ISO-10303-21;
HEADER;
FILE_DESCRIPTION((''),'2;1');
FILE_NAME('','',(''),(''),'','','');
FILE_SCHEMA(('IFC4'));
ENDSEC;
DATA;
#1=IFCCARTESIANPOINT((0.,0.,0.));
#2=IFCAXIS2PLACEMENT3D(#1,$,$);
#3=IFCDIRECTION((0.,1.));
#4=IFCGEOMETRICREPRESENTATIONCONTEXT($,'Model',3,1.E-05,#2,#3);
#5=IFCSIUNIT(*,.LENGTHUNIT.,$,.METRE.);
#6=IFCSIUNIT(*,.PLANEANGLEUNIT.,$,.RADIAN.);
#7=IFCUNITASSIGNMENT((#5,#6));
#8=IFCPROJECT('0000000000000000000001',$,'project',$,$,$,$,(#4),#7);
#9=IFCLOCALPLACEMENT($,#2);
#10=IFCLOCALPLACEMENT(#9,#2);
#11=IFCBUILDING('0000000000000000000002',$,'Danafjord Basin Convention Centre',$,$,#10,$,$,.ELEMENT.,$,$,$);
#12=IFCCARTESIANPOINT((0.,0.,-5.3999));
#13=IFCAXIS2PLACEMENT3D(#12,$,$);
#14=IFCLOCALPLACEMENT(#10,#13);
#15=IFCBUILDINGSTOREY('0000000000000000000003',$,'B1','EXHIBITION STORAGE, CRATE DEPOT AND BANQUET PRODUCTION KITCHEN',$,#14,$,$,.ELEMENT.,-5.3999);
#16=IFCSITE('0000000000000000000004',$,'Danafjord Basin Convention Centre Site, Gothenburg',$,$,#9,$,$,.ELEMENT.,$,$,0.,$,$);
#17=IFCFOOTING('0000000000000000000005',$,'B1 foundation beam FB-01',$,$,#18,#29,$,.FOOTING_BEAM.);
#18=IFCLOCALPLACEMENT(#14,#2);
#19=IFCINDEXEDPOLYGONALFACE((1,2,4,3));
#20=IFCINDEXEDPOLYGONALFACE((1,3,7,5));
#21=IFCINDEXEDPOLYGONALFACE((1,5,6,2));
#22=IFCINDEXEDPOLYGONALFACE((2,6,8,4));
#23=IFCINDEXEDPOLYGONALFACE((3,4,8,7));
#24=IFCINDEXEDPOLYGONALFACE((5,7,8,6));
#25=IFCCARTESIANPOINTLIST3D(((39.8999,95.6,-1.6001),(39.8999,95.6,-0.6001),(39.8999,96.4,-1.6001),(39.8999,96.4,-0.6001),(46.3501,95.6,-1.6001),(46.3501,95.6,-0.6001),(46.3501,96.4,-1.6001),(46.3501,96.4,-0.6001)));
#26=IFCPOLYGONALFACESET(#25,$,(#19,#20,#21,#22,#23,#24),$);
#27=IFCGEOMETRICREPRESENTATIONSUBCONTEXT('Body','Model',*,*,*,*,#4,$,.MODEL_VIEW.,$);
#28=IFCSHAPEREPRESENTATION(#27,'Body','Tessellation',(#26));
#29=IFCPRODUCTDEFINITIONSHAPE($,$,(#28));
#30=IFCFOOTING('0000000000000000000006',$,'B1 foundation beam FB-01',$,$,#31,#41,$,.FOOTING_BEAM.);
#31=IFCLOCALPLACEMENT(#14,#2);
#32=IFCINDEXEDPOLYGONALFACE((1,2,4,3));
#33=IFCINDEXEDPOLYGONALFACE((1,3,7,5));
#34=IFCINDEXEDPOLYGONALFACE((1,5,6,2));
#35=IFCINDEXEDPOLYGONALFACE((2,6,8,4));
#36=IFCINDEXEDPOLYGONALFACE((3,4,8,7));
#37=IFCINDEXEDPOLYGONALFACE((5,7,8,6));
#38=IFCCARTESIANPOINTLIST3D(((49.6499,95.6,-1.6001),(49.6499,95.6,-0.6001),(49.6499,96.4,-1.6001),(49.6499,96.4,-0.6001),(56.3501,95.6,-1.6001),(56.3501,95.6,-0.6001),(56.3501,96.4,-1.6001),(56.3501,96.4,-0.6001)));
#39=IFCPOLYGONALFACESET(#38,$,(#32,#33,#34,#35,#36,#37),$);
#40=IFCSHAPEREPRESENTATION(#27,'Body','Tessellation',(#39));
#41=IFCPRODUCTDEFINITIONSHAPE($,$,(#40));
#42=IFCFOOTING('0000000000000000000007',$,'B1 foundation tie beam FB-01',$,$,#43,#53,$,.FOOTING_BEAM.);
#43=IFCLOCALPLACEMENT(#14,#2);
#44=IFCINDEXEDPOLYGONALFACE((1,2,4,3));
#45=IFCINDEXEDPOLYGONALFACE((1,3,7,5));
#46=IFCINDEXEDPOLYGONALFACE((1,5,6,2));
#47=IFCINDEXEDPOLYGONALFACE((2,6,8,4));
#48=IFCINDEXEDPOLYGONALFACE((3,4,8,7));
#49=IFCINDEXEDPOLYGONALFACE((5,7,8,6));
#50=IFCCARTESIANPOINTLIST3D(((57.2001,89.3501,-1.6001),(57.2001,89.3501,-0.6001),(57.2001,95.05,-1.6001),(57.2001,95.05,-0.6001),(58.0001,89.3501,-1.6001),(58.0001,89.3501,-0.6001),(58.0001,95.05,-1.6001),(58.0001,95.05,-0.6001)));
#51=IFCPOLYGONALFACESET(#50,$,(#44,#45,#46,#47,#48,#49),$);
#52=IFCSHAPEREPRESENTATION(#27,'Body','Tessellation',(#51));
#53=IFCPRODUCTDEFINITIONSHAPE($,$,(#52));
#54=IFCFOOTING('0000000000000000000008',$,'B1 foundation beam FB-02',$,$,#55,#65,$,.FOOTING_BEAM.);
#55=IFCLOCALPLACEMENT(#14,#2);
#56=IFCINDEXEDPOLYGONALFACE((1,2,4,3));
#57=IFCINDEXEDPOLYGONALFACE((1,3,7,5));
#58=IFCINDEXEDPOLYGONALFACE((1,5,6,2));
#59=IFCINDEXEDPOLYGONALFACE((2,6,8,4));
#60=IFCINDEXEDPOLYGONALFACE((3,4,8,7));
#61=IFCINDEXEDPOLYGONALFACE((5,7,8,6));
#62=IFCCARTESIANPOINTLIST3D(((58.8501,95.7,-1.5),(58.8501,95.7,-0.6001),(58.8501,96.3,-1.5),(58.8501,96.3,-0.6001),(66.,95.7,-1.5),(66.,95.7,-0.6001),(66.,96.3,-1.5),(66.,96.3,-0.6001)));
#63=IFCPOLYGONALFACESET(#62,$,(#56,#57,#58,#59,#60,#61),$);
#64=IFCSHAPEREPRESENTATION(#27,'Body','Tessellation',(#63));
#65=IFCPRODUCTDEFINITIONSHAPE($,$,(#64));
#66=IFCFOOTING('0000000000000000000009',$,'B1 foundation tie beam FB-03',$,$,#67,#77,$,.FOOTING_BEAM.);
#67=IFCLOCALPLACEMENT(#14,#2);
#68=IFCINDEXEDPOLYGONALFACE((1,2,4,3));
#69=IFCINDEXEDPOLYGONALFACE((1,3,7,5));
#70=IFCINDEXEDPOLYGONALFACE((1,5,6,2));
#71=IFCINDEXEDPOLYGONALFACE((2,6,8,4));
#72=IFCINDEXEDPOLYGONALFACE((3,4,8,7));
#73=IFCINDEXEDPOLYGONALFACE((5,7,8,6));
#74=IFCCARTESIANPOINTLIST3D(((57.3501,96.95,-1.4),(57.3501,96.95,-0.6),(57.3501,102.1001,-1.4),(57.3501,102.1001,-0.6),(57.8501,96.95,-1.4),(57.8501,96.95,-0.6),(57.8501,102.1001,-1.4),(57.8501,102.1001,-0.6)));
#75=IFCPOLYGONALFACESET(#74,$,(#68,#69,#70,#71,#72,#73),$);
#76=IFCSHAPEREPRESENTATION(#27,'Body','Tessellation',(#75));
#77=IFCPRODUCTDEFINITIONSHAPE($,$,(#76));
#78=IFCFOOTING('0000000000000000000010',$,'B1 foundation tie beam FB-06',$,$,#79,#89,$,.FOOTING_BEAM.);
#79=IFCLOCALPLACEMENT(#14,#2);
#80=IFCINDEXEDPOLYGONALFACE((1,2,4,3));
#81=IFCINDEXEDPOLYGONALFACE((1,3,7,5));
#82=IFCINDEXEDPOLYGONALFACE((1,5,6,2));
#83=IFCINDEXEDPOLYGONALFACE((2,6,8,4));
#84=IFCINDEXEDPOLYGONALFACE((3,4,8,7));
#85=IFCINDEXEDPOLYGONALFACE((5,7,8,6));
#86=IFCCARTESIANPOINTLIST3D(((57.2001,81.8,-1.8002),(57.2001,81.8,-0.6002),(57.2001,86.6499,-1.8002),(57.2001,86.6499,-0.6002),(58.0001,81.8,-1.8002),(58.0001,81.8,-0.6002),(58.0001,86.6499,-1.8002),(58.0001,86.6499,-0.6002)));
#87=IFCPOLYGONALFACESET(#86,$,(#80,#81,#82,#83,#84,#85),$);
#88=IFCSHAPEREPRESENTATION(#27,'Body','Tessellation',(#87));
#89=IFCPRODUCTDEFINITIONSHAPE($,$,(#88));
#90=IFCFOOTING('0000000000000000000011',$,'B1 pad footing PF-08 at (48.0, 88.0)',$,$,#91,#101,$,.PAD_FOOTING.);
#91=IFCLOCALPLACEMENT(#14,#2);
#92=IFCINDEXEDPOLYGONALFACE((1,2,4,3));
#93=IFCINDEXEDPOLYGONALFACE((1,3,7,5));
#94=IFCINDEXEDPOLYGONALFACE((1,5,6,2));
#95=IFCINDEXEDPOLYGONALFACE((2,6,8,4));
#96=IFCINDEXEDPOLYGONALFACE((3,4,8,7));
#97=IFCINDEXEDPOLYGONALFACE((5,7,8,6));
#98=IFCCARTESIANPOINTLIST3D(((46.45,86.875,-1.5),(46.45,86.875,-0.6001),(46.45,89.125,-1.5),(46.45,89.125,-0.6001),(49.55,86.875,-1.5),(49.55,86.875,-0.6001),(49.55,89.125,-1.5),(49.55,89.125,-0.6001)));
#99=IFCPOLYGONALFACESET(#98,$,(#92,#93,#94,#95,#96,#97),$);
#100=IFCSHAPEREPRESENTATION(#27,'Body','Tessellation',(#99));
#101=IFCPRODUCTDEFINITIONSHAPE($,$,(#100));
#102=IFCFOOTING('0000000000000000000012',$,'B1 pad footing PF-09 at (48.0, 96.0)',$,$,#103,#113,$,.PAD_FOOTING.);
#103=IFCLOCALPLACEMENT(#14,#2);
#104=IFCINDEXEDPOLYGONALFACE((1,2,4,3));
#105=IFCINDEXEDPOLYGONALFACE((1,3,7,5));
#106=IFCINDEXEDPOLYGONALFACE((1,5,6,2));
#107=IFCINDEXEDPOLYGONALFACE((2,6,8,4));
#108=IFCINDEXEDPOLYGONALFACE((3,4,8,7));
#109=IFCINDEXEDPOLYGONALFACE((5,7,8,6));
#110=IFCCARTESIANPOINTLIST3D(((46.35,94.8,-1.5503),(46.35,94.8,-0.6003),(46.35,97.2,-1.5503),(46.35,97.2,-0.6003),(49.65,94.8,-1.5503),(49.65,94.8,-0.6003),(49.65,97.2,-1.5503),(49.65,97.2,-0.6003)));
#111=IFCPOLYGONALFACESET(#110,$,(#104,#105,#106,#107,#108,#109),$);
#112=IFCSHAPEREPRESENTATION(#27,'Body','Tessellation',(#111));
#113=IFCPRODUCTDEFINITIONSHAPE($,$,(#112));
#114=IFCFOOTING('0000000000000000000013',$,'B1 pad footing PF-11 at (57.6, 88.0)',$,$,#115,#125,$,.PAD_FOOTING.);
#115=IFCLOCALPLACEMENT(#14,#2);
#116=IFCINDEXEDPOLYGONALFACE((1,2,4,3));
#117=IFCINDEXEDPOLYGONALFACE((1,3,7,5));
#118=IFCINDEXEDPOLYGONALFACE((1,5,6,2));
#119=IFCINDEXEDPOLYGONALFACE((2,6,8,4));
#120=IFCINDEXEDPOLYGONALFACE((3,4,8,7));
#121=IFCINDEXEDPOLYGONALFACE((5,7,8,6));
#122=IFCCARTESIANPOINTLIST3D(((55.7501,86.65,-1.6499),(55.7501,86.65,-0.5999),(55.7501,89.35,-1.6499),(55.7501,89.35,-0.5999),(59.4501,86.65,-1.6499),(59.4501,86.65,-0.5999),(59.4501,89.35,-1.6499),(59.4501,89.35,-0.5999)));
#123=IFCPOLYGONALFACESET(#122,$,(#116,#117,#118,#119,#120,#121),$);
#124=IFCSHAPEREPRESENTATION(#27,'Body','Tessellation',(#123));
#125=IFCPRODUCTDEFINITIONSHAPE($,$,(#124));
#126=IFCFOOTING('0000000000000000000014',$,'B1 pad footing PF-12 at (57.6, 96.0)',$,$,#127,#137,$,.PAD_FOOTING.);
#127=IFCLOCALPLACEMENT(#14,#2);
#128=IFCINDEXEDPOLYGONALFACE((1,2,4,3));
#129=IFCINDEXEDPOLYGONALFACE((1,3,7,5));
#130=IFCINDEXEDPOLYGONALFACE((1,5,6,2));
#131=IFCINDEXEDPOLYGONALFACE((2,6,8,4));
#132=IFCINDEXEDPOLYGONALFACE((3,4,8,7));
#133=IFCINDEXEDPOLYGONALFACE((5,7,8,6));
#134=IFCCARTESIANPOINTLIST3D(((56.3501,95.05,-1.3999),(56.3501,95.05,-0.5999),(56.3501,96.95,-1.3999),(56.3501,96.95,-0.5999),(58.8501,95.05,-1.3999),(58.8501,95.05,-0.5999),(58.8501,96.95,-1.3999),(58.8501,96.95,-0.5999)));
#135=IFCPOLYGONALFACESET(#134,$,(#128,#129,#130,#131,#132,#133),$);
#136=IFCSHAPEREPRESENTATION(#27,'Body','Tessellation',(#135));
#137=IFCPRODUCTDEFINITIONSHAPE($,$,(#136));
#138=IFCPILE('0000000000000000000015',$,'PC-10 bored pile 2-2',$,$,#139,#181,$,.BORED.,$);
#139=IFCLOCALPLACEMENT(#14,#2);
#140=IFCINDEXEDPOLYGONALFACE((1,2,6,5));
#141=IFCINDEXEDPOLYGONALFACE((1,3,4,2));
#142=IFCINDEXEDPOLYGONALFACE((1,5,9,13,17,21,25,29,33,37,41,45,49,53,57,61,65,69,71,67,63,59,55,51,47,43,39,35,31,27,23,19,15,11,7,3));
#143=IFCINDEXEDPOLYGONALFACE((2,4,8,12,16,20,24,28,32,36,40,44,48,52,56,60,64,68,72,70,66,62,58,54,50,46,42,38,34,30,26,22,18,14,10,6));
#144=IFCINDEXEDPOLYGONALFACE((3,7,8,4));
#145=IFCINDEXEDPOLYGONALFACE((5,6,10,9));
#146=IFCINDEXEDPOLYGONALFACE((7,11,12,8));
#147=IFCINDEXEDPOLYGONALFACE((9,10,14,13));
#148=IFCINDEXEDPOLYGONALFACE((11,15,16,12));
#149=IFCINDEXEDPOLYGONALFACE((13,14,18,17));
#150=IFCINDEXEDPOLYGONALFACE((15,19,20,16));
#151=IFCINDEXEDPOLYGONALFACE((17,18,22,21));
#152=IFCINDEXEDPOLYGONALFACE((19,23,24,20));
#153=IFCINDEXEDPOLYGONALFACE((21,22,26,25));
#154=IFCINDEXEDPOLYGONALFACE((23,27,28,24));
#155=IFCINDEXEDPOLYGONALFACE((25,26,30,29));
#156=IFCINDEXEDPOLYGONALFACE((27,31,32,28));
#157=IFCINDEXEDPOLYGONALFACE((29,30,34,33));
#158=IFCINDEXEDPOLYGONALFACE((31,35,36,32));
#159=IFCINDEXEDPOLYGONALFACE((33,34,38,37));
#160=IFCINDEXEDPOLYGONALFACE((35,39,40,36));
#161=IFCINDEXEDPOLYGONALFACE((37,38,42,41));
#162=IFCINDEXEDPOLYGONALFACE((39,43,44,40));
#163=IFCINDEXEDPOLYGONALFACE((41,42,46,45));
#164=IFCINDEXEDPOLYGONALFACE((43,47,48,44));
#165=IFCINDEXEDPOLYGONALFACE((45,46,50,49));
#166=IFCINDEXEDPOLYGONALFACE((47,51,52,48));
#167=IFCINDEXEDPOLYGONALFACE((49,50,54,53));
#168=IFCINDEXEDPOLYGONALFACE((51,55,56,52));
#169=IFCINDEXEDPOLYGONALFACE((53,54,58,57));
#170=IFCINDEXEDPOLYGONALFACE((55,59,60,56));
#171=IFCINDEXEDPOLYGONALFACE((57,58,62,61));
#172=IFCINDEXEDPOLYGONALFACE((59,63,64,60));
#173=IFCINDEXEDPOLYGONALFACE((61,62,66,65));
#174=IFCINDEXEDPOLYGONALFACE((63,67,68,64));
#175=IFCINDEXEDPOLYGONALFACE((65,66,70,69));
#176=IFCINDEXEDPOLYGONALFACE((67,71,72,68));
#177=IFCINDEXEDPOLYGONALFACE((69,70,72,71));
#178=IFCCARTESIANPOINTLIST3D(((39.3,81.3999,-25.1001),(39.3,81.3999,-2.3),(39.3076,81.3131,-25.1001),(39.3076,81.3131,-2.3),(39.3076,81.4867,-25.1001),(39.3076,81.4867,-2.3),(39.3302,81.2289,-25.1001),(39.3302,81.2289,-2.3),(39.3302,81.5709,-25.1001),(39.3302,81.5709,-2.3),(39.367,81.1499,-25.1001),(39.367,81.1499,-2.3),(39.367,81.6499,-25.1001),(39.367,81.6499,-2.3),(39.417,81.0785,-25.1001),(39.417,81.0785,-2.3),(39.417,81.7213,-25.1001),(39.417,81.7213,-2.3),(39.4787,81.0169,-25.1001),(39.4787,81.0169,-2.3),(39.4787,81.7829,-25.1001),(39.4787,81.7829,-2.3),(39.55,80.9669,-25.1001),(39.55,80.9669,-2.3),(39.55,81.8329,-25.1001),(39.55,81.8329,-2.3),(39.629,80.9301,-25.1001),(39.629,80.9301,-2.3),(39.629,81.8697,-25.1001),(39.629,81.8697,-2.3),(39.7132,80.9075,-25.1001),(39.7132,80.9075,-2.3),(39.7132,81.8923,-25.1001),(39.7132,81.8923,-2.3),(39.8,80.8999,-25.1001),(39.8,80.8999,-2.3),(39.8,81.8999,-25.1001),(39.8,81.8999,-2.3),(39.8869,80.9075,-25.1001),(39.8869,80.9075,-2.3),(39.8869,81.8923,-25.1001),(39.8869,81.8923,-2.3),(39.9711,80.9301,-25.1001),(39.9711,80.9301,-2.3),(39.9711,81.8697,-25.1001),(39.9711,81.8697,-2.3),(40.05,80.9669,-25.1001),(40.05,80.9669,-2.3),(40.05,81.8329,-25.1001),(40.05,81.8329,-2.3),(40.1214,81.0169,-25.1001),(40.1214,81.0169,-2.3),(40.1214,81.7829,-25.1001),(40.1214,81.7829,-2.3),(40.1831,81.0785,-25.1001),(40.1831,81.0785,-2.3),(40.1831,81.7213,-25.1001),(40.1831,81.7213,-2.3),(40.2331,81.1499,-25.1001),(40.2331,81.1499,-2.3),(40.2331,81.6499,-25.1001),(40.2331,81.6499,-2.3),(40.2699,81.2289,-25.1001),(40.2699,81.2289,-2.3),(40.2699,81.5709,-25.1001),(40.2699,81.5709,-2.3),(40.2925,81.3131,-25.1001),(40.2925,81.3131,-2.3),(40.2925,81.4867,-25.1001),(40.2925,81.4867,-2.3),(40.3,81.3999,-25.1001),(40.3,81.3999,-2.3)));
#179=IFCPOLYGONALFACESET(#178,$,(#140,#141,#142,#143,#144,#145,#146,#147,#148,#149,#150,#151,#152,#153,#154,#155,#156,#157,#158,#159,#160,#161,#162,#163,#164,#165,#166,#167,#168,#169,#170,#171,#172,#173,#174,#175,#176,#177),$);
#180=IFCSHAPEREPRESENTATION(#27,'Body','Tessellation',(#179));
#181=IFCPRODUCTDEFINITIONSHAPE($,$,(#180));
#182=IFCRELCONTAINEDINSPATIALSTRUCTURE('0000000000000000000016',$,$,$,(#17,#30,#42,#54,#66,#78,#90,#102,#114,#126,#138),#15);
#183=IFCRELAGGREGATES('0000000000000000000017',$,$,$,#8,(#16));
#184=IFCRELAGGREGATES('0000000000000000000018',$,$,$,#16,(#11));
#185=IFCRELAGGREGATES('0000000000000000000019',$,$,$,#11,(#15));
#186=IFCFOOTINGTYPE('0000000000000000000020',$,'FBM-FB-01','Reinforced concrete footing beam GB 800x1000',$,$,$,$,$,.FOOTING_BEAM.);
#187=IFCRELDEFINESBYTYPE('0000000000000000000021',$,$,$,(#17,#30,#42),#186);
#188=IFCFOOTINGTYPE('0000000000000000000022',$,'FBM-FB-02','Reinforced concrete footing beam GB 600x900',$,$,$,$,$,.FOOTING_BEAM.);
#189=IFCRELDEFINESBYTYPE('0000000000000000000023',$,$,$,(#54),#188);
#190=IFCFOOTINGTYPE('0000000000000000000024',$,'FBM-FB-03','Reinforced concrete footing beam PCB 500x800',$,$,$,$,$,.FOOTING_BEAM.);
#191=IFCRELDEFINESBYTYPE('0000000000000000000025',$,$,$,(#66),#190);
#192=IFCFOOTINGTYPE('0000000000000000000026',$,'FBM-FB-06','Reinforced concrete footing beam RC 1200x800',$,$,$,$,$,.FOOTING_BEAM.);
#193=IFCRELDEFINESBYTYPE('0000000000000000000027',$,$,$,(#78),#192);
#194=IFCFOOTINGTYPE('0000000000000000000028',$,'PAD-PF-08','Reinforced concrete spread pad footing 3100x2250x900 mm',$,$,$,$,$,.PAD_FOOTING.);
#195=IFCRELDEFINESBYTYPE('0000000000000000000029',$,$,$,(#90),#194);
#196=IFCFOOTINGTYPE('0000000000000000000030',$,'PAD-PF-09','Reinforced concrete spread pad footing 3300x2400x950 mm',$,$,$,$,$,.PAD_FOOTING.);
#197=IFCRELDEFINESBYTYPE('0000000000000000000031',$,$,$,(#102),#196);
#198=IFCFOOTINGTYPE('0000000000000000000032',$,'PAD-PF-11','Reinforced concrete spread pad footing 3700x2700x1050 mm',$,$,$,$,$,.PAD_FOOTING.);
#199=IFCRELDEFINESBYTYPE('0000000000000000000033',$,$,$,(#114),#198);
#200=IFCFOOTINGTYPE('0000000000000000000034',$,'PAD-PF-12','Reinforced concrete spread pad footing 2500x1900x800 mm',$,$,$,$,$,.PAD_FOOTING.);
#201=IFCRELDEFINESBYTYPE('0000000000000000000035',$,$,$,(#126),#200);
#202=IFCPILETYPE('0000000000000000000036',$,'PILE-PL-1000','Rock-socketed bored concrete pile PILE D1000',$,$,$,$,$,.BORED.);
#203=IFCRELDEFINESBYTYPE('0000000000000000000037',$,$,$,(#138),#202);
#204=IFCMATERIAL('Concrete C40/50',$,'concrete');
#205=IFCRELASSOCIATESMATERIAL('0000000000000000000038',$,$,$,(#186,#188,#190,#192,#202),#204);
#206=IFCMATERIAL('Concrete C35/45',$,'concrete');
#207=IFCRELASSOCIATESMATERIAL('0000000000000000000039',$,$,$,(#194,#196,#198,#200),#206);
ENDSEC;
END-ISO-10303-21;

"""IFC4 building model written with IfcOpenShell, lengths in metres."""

from ifc_helpers import new_model, si_unit, direction, frame, origin, origin_2d, place, context, subcontext, project, spatial, rectangle, circle, extrude, material, material_profile, profile_set, type_object, element, save


model = new_model("IFC4")

# Units and contexts
model_context = context("Model", 3, precision=1e-05, world=origin(), true_north=direction((0.0, 1.0)))
body_context = subcontext(model_context, "Body", "Model", "MODEL_VIEW")
ifc_project = project(units=[si_unit("LENGTHUNIT", "METRE"), si_unit("PLANEANGLEUNIT", "RADIAN")], contexts=[model_context])

# Site, building, storey
site_placement = place(None, origin())
site = spatial("IfcSite", under=ifc_project, at=site_placement, Name="Danafjord Basin Convention Centre Site, Gothenburg", CompositionType="ELEMENT", RefElevation=0.0)
building_placement = place(site_placement, origin())
building = spatial("IfcBuilding", under=site, at=building_placement, Name="Danafjord Basin Convention Centre", CompositionType="ELEMENT")
storey_placement = place(building_placement, frame((0.0, 0.0, -5.3999)))
storey = spatial("IfcBuildingStorey", under=building, at=storey_placement, Name="B1", Description="EXHIBITION STORAGE, CRATE DEPOT AND BANQUET PRODUCTION KITCHEN", CompositionType="ELEMENT", Elevation=-5.3999)

# Footings
ifc_material_1 = material(Name="Concrete C40/50", Category="concrete")
ifc_material_profile_1 = material_profile(ifc_material_1, rectangle(XDim=0.8, YDim=1.0, at=origin_2d()), Name="GB 800x1000")
ifc_profile_set_1 = profile_set([ifc_material_profile_1], Name="Concrete C40/50")
footing_type_1 = type_object("IfcFootingType", Name="FBM-FB-01", Description="Reinforced concrete footing beam GB 800x1000", PredefinedType="FOOTING_BEAM", material=ifc_profile_set_1)
footing_1_placement = place(storey_placement, frame((39.8999, 96.0, -1.1001), z_axis=(1.0, 0.0, 0.0), x_axis=(0.0, 1.0, 0.0)))
element("IfcFooting", 1, at=footing_1_placement, inside=storey, type_object=footing_type_1, Name="B1 foundation beam FB-01", PredefinedType="FOOTING_BEAM", context=body_context, shape_type="SweptSolid", body=[
    extrude(rectangle(XDim=0.8, YDim=1.0, at=origin_2d()), origin(), (0.0, 0.0, 1.0), 6.4502),
])
footing_2_placement = place(storey_placement, frame((49.6499, 96.0, -1.1001), z_axis=(1.0, 0.0, 0.0), x_axis=(0.0, 1.0, 0.0)))
element("IfcFooting", 2, at=footing_2_placement, inside=storey, type_object=footing_type_1, Name="B1 foundation beam FB-01", PredefinedType="FOOTING_BEAM", context=body_context, shape_type="SweptSolid", body=[
    extrude(rectangle(XDim=0.8, YDim=1.0, at=origin_2d()), origin(), (0.0, 0.0, 1.0), 6.7002),
])
footing_3_placement = place(storey_placement, frame((57.6001, 89.3501, -1.1001), z_axis=(0.0, 1.0, 0.0), x_axis=(-1.0, 0.0, 0.0)))
element("IfcFooting", 3, at=footing_3_placement, inside=storey, type_object=footing_type_1, Name="B1 foundation tie beam FB-01", PredefinedType="FOOTING_BEAM", context=body_context, shape_type="SweptSolid", body=[
    extrude(rectangle(XDim=0.8, YDim=1.0, at=origin_2d()), origin(), (0.0, 0.0, 1.0), 5.7),
])
ifc_material_profile_2 = material_profile(ifc_material_1, rectangle(XDim=0.6001, YDim=0.8999, at=origin_2d()), Name="GB 600x900")
ifc_profile_set_2 = profile_set([ifc_material_profile_2], Name="Concrete C40/50")
footing_type_2 = type_object("IfcFootingType", Name="FBM-FB-02", Description="Reinforced concrete footing beam GB 600x900", PredefinedType="FOOTING_BEAM", material=ifc_profile_set_2)
footing_4_placement = place(storey_placement, frame((58.8501, 96.0, -1.05), z_axis=(1.0, 0.0, 0.0), x_axis=(0.0, 1.0, 0.0)))
element("IfcFooting", 4, at=footing_4_placement, inside=storey, type_object=footing_type_2, Name="B1 foundation beam FB-02", PredefinedType="FOOTING_BEAM", context=body_context, shape_type="SweptSolid", body=[
    extrude(rectangle(XDim=0.6001, YDim=0.8999, at=origin_2d()), origin(), (0.0, 0.0, 1.0), 7.1499),
])
ifc_material_profile_3 = material_profile(ifc_material_1, rectangle(XDim=0.5, YDim=0.8, at=origin_2d()), Name="PCB 500x800")
ifc_profile_set_3 = profile_set([ifc_material_profile_3], Name="Concrete C40/50")
footing_type_3 = type_object("IfcFootingType", Name="FBM-FB-03", Description="Reinforced concrete footing beam PCB 500x800", PredefinedType="FOOTING_BEAM", material=ifc_profile_set_3)
footing_5_placement = place(storey_placement, frame((57.6001, 96.95, -1.0), z_axis=(0.0, 1.0, 0.0), x_axis=(-1.0, 0.0, 0.0)))
element("IfcFooting", 5, at=footing_5_placement, inside=storey, type_object=footing_type_3, Name="B1 foundation tie beam FB-03", PredefinedType="FOOTING_BEAM", context=body_context, shape_type="SweptSolid", body=[
    extrude(rectangle(XDim=0.5, YDim=0.8, at=origin_2d()), origin(), (0.0, 0.0, 1.0), 5.1501),
])
ifc_material_profile_4 = material_profile(ifc_material_1, rectangle(XDim=0.8, YDim=1.2, at=origin_2d()), Name="RC 1200x800")
ifc_profile_set_4 = profile_set([ifc_material_profile_4], Name="Concrete C40/50")
footing_type_4 = type_object("IfcFootingType", Name="FBM-FB-06", Description="Reinforced concrete footing beam RC 1200x800", PredefinedType="FOOTING_BEAM", material=ifc_profile_set_4)
footing_6_placement = place(storey_placement, frame((57.6001, 81.8, -1.2002), z_axis=(0.0, 1.0, 0.0), x_axis=(-1.0, 0.0, 0.0)))
element("IfcFooting", 6, at=footing_6_placement, inside=storey, type_object=footing_type_4, Name="B1 foundation tie beam FB-06", PredefinedType="FOOTING_BEAM", context=body_context, shape_type="SweptSolid", body=[
    extrude(rectangle(XDim=0.8, YDim=1.2, at=origin_2d()), origin(), (0.0, 0.0, 1.0), 4.8499),
])
ifc_material_2 = material(Name="Concrete C35/45", Category="concrete")
footing_type_5 = type_object("IfcFootingType", Name="PAD-PF-08", Description="Reinforced concrete spread pad footing 3100x2250x900 mm", PredefinedType="PAD_FOOTING", material=ifc_material_2)
footing_7_placement = place(storey_placement, frame((48.0, 88.0, -1.5), z_axis=(0.0, 0.0, 1.0), x_axis=(1.0, 0.0, 0.0)))
element("IfcFooting", 7, at=footing_7_placement, inside=storey, type_object=footing_type_5, Name="B1 pad footing PF-08 at (48.0, 88.0)", PredefinedType="PAD_FOOTING", context=body_context, shape_type="SweptSolid", body=[
    extrude(rectangle(XDim=3.1001, YDim=2.25, at=origin_2d()), origin(), (0.0, 0.0, 1.0), 0.8999),
])
footing_type_6 = type_object("IfcFootingType", Name="PAD-PF-09", Description="Reinforced concrete spread pad footing 3300x2400x950 mm", PredefinedType="PAD_FOOTING", material=ifc_material_2)
footing_8_placement = place(storey_placement, frame((48.0, 96.0, -1.5503), z_axis=(0.0, 0.0, 1.0), x_axis=(1.0, 0.0, 0.0)))
element("IfcFooting", 8, at=footing_8_placement, inside=storey, type_object=footing_type_6, Name="B1 pad footing PF-09 at (48.0, 96.0)", PredefinedType="PAD_FOOTING", context=body_context, shape_type="SweptSolid", body=[
    extrude(rectangle(XDim=3.3, YDim=2.3999, at=origin_2d()), origin(), (0.0, 0.0, 1.0), 0.95),
])
footing_type_7 = type_object("IfcFootingType", Name="PAD-PF-11", Description="Reinforced concrete spread pad footing 3700x2700x1050 mm", PredefinedType="PAD_FOOTING", material=ifc_material_2)
footing_9_placement = place(storey_placement, frame((57.6001, 88.0, -1.6499), z_axis=(0.0, 0.0, 1.0), x_axis=(1.0, 0.0, 0.0)))
element("IfcFooting", 9, at=footing_9_placement, inside=storey, type_object=footing_type_7, Name="B1 pad footing PF-11 at (57.6, 88.0)", PredefinedType="PAD_FOOTING", context=body_context, shape_type="SweptSolid", body=[
    extrude(rectangle(XDim=3.7, YDim=2.7, at=origin_2d()), origin(), (0.0, 0.0, 1.0), 1.05),
])
footing_type_8 = type_object("IfcFootingType", Name="PAD-PF-12", Description="Reinforced concrete spread pad footing 2500x1900x800 mm", PredefinedType="PAD_FOOTING", material=ifc_material_2)
footing_10_placement = place(storey_placement, frame((57.6001, 96.0, -1.3999), z_axis=(0.0, 0.0, 1.0), x_axis=(1.0, 0.0, 0.0)))
element("IfcFooting", 10, at=footing_10_placement, inside=storey, type_object=footing_type_8, Name="B1 pad footing PF-12 at (57.6, 96.0)", PredefinedType="PAD_FOOTING", context=body_context, shape_type="SweptSolid", body=[
    extrude(rectangle(XDim=2.5, YDim=1.8999, at=origin_2d()), origin(), (0.0, 0.0, 1.0), 0.8),
])

# Pile
ifc_material_profile_5 = material_profile(ifc_material_1, circle(Radius=0.5, at=origin_2d()), Name="PILE D1000")
ifc_profile_set_5 = profile_set([ifc_material_profile_5], Name="Concrete C40/50")
pile_type_1 = type_object("IfcPileType", Name="PILE-PL-1000", Description="Rock-socketed bored concrete pile PILE D1000", PredefinedType="BORED", material=ifc_profile_set_5)
pile_1_placement = place(storey_placement, frame((39.8, 81.3999, -2.3), z_axis=(0.0, 0.0, -1.0), x_axis=(1.0, 0.0, 0.0)))
element("IfcPile", 11, at=pile_1_placement, inside=storey, type_object=pile_type_1, Name="PC-10 bored pile 2-2", PredefinedType="BORED", context=body_context, shape_type="SweptSolid", body=[
    extrude(circle(Radius=0.5, at=origin_2d()), origin(), (0.0, 0.0, 1.0), 22.8),
])

save(model, "model.ifc")
